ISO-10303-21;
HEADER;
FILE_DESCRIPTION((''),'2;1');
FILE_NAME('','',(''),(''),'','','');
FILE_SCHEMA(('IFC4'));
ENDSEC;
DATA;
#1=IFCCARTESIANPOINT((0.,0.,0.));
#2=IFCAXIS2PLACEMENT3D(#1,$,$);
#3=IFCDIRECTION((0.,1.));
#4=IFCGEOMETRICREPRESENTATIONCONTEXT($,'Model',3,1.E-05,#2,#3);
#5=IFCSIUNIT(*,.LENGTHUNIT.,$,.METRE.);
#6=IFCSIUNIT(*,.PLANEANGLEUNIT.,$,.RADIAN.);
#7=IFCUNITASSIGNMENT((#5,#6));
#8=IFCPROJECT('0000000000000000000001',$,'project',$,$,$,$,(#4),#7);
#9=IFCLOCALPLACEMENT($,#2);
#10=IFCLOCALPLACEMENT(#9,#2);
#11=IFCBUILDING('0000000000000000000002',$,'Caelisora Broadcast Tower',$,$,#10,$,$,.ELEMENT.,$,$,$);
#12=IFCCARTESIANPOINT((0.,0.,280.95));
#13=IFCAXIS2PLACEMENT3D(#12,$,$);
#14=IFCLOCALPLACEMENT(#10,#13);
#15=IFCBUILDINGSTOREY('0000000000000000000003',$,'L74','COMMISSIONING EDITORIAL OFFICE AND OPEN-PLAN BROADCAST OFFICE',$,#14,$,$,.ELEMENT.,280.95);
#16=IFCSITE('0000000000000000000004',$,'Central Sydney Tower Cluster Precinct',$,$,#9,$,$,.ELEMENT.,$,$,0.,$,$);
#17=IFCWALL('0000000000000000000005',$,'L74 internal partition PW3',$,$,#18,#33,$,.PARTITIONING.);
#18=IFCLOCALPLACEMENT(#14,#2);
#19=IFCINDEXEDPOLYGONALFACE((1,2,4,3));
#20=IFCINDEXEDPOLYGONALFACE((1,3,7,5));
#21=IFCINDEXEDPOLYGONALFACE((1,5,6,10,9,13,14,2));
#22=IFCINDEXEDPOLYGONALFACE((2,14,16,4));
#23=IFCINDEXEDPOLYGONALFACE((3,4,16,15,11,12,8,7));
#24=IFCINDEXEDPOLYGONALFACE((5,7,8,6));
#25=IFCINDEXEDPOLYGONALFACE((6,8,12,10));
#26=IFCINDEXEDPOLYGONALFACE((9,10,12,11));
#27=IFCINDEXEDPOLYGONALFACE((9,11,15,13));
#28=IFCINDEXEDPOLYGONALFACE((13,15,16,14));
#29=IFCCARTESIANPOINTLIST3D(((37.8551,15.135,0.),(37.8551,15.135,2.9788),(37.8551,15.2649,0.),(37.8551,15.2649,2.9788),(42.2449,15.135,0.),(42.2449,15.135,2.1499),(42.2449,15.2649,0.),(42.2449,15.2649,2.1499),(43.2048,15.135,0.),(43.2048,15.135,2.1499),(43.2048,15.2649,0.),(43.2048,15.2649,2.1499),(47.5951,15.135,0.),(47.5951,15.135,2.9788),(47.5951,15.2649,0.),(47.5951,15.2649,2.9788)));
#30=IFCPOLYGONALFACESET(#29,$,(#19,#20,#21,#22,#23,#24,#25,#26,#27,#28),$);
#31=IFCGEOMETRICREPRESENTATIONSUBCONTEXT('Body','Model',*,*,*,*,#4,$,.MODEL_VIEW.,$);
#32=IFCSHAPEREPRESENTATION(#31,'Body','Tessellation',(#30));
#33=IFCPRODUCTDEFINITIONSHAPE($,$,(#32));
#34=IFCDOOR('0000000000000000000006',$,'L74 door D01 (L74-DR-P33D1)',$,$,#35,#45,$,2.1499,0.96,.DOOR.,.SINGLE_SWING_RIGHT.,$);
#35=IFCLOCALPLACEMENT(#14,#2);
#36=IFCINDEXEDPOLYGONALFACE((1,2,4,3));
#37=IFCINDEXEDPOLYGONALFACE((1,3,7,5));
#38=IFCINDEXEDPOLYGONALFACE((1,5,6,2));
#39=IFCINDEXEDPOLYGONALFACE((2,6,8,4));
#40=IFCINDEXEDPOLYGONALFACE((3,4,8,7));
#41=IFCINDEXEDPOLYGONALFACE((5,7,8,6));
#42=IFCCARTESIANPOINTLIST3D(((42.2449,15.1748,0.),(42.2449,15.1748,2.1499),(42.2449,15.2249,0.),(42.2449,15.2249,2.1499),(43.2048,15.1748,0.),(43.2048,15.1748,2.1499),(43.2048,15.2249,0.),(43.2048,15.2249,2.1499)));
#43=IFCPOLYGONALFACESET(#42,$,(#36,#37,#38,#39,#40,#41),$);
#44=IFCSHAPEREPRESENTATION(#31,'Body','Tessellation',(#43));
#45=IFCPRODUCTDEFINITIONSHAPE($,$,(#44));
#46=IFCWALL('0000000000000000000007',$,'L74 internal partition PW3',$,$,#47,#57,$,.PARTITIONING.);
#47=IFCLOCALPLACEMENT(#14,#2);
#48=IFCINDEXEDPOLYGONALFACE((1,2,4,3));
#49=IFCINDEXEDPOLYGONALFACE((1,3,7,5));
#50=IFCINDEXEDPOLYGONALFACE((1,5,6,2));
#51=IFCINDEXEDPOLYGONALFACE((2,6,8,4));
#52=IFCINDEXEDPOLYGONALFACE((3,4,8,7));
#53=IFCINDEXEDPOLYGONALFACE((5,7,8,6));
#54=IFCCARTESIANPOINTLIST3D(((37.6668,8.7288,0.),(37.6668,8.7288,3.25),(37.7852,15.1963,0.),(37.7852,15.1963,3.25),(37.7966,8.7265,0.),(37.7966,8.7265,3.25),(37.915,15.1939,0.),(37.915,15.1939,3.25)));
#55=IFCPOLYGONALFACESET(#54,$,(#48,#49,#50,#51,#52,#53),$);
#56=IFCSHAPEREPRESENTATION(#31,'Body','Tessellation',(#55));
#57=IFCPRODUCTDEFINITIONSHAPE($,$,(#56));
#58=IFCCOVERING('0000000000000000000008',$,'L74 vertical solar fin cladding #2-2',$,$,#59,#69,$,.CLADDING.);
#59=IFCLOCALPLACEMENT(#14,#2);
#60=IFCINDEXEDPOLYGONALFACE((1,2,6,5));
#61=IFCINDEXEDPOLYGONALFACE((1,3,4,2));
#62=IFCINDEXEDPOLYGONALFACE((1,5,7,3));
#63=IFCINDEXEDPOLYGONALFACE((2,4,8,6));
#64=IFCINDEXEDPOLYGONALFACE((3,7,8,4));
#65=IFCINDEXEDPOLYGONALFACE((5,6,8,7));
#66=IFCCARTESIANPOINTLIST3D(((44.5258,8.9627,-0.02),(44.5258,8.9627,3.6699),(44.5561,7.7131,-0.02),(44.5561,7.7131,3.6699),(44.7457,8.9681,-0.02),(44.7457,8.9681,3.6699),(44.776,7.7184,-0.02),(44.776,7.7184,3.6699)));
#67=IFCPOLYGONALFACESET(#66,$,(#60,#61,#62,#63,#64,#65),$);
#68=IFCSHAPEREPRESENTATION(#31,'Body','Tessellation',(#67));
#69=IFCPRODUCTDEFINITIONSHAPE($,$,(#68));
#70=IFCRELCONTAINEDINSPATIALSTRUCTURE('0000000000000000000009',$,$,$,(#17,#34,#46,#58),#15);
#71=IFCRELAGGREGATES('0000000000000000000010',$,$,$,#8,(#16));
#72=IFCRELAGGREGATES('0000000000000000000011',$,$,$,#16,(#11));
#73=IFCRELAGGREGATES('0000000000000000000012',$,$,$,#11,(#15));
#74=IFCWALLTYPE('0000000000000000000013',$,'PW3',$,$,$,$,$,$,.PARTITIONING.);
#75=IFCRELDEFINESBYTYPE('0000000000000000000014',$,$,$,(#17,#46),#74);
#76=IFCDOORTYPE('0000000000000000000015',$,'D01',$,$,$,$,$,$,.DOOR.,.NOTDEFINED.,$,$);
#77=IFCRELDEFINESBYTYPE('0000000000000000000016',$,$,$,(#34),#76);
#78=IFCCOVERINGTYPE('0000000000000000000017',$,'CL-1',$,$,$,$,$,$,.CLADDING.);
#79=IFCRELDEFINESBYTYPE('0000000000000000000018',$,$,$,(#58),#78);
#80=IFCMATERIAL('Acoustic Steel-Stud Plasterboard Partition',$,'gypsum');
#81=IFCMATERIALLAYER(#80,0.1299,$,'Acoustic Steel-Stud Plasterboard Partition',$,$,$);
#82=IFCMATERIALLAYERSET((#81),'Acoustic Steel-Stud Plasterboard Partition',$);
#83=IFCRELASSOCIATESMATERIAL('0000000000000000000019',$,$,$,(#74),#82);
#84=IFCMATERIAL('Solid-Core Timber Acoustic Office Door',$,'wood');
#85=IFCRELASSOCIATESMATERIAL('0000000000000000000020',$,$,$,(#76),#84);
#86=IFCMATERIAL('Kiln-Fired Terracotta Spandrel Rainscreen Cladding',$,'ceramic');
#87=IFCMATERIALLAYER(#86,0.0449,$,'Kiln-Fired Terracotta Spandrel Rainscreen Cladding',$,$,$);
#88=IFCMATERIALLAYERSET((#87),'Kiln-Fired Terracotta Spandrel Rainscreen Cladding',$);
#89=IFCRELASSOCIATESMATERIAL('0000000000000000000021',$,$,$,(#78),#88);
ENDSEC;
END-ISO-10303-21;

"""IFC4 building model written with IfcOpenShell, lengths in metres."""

from ifc_helpers import new_model, si_unit, direction, frame, frame_2d, origin, origin_2d, place, context, subcontext, project, spatial, rectangle, extrude, source, transform, mapped, material, layer, layer_set, type_object, type_shapes, element, fill, save


model = new_model("IFC4")

# Units and contexts
model_context = context("Model", 3, precision=1e-05, world=origin(), true_north=direction((0.0, 1.0)))
body_context = subcontext(model_context, "Body", "Model", "MODEL_VIEW")
ifc_project = project(units=[si_unit("LENGTHUNIT", "METRE"), si_unit("PLANEANGLEUNIT", "RADIAN")], contexts=[model_context])

# Site, building, storey
site_placement = place(None, origin())
site = spatial("IfcSite", under=ifc_project, at=site_placement, Name="Central Sydney Tower Cluster Precinct", CompositionType="ELEMENT", RefElevation=0.0)
building_placement = place(site_placement, origin())
building = spatial("IfcBuilding", under=site, at=building_placement, Name="Caelisora Broadcast Tower", CompositionType="ELEMENT")
storey_placement = place(building_placement, frame((0.0, 0.0, 280.95)))
storey = spatial("IfcBuildingStorey", under=building, at=storey_placement, Name="L74", Description="COMMISSIONING EDITORIAL OFFICE AND OPEN-PLAN BROADCAST OFFICE", CompositionType="ELEMENT", Elevation=280.95)

# Wall, opening, door
ifc_material_1 = material(Name="Acoustic Steel-Stud Plasterboard Partition", Category="gypsum")
ifc_layer_1 = layer(ifc_material_1, 0.1299, Name="Acoustic Steel-Stud Plasterboard Partition")
ifc_layer_set_1 = layer_set([ifc_layer_1], Name="Acoustic Steel-Stud Plasterboard Partition")
wall_type_1 = type_object("IfcWallType", Name="PW3", PredefinedType="PARTITIONING", material=ifc_layer_set_1)
wall_1_placement = place(storey_placement, frame((37.855, 15.2, 0.0), z_axis=(0.0, 0.0, 1.0), x_axis=(1.0, 0.0, 0.0)))
wall_1 = element("IfcWall", 1, at=wall_1_placement, inside=storey, type_object=wall_type_1, Name="L74 internal partition PW3", PredefinedType="PARTITIONING", context=body_context, shape_type="SweptSolid", body=[
    extrude(rectangle(XDim=9.74, YDim=0.1299, at=frame_2d((4.8701, 0.0))), origin(), (0.0, 0.0, 1.0), 2.9788),
])
opening_1_placement = place(wall_1_placement, frame((4.3899, 0.0, 0.0)))
opening_1 = element("IfcOpeningElement", 2, at=opening_1_placement, cuts=wall_1, PredefinedType="OPENING", context=body_context, shape_type="SweptSolid", body=[
    extrude(rectangle(XDim=0.96, YDim=2.1499, at=frame_2d((0.48, 1.075))), frame((0.0, 0.0769, 0.0), z_axis=(0.0, -1.0, 0.0), x_axis=(1.0, 0.0, 0.0)), (0.0, 0.0, 1.0), 0.1538),
])
ifc_material_2 = material(Name="Solid-Core Timber Acoustic Office Door", Category="wood")
door_type_1 = type_object("IfcDoorType", Name="D01", OperationType="NOTDEFINED", PredefinedType="DOOR", material=ifc_material_2)
door_1_placement = place(opening_1_placement, origin())
door_1 = element("IfcDoor", 3, at=door_1_placement, inside=storey, type_object=door_type_1, Name="L74 door D01 (L74-DR-P33D1)", OperationType="SINGLE_SWING_RIGHT", OverallHeight=2.1499, OverallWidth=0.96, PredefinedType="DOOR", context=body_context, shape_type="SweptSolid", body=[
    extrude(rectangle(XDim=0.96, YDim=2.1499, at=frame_2d((0.48, 1.075))), frame((0.0, 0.0249, 0.0), z_axis=(0.0, -1.0, 0.0), x_axis=(1.0, 0.0, 0.0)), (0.0, 0.0, 1.0), 0.05),
])
fill(opening_1, door_1)

# Wall
wall_2_placement = place(storey_placement, frame((37.7317, 8.7275, 0.0), z_axis=(0.0, 0.0, 1.0), x_axis=(0.018305, 0.999832, 0.0)))
element("IfcWall", 4, at=wall_2_placement, inside=storey, type_object=wall_type_1, Name="L74 internal partition PW3", PredefinedType="PARTITIONING", context=body_context, shape_type="SweptSolid", body=[
    extrude(rectangle(XDim=6.4685, YDim=0.1299, at=frame_2d((3.2344, 0.0))), origin(), (0.0, 0.0, 1.0), 3.25),
])

# Covering
ifc_material_3 = material(Name="Kiln-Fired Terracotta Spandrel Rainscreen Cladding", Category="ceramic")
ifc_layer_2 = layer(ifc_material_3, 0.0449, Name="Kiln-Fired Terracotta Spandrel Rainscreen Cladding")
ifc_layer_set_2 = layer_set([ifc_layer_2], Name="Kiln-Fired Terracotta Spandrel Rainscreen Cladding")
covering_type = type_object("IfcCoveringType", Name="CL-1", PredefinedType="CLADDING", material=ifc_layer_set_2)
shared_shape_1 = source(origin(), body_context, "Body", "SweptSolid", [
    extrude(rectangle(XDim=0.22, YDim=1.25, at=origin_2d()), origin(), (0.0, 0.0, 1.0), 3.6899),
])
type_shapes(covering_type, [shared_shape_1])
covering_placement = place(storey_placement, frame((44.6509, 8.3406, -0.02), z_axis=(0.0, 0.0, 1.0), x_axis=(-0.999706, -0.024258, 0.0)))
element("IfcCovering", 5, at=covering_placement, inside=storey, type_object=covering_type, Name="L74 vertical solar fin cladding #2-2", PredefinedType="CLADDING", context=body_context, shape_type="MappedRepresentation", body=[
    mapped(shared_shape_1, transform((0.0, 0.0, 0.0), scale=1.0)),
])

save(model, "model.ifc")
